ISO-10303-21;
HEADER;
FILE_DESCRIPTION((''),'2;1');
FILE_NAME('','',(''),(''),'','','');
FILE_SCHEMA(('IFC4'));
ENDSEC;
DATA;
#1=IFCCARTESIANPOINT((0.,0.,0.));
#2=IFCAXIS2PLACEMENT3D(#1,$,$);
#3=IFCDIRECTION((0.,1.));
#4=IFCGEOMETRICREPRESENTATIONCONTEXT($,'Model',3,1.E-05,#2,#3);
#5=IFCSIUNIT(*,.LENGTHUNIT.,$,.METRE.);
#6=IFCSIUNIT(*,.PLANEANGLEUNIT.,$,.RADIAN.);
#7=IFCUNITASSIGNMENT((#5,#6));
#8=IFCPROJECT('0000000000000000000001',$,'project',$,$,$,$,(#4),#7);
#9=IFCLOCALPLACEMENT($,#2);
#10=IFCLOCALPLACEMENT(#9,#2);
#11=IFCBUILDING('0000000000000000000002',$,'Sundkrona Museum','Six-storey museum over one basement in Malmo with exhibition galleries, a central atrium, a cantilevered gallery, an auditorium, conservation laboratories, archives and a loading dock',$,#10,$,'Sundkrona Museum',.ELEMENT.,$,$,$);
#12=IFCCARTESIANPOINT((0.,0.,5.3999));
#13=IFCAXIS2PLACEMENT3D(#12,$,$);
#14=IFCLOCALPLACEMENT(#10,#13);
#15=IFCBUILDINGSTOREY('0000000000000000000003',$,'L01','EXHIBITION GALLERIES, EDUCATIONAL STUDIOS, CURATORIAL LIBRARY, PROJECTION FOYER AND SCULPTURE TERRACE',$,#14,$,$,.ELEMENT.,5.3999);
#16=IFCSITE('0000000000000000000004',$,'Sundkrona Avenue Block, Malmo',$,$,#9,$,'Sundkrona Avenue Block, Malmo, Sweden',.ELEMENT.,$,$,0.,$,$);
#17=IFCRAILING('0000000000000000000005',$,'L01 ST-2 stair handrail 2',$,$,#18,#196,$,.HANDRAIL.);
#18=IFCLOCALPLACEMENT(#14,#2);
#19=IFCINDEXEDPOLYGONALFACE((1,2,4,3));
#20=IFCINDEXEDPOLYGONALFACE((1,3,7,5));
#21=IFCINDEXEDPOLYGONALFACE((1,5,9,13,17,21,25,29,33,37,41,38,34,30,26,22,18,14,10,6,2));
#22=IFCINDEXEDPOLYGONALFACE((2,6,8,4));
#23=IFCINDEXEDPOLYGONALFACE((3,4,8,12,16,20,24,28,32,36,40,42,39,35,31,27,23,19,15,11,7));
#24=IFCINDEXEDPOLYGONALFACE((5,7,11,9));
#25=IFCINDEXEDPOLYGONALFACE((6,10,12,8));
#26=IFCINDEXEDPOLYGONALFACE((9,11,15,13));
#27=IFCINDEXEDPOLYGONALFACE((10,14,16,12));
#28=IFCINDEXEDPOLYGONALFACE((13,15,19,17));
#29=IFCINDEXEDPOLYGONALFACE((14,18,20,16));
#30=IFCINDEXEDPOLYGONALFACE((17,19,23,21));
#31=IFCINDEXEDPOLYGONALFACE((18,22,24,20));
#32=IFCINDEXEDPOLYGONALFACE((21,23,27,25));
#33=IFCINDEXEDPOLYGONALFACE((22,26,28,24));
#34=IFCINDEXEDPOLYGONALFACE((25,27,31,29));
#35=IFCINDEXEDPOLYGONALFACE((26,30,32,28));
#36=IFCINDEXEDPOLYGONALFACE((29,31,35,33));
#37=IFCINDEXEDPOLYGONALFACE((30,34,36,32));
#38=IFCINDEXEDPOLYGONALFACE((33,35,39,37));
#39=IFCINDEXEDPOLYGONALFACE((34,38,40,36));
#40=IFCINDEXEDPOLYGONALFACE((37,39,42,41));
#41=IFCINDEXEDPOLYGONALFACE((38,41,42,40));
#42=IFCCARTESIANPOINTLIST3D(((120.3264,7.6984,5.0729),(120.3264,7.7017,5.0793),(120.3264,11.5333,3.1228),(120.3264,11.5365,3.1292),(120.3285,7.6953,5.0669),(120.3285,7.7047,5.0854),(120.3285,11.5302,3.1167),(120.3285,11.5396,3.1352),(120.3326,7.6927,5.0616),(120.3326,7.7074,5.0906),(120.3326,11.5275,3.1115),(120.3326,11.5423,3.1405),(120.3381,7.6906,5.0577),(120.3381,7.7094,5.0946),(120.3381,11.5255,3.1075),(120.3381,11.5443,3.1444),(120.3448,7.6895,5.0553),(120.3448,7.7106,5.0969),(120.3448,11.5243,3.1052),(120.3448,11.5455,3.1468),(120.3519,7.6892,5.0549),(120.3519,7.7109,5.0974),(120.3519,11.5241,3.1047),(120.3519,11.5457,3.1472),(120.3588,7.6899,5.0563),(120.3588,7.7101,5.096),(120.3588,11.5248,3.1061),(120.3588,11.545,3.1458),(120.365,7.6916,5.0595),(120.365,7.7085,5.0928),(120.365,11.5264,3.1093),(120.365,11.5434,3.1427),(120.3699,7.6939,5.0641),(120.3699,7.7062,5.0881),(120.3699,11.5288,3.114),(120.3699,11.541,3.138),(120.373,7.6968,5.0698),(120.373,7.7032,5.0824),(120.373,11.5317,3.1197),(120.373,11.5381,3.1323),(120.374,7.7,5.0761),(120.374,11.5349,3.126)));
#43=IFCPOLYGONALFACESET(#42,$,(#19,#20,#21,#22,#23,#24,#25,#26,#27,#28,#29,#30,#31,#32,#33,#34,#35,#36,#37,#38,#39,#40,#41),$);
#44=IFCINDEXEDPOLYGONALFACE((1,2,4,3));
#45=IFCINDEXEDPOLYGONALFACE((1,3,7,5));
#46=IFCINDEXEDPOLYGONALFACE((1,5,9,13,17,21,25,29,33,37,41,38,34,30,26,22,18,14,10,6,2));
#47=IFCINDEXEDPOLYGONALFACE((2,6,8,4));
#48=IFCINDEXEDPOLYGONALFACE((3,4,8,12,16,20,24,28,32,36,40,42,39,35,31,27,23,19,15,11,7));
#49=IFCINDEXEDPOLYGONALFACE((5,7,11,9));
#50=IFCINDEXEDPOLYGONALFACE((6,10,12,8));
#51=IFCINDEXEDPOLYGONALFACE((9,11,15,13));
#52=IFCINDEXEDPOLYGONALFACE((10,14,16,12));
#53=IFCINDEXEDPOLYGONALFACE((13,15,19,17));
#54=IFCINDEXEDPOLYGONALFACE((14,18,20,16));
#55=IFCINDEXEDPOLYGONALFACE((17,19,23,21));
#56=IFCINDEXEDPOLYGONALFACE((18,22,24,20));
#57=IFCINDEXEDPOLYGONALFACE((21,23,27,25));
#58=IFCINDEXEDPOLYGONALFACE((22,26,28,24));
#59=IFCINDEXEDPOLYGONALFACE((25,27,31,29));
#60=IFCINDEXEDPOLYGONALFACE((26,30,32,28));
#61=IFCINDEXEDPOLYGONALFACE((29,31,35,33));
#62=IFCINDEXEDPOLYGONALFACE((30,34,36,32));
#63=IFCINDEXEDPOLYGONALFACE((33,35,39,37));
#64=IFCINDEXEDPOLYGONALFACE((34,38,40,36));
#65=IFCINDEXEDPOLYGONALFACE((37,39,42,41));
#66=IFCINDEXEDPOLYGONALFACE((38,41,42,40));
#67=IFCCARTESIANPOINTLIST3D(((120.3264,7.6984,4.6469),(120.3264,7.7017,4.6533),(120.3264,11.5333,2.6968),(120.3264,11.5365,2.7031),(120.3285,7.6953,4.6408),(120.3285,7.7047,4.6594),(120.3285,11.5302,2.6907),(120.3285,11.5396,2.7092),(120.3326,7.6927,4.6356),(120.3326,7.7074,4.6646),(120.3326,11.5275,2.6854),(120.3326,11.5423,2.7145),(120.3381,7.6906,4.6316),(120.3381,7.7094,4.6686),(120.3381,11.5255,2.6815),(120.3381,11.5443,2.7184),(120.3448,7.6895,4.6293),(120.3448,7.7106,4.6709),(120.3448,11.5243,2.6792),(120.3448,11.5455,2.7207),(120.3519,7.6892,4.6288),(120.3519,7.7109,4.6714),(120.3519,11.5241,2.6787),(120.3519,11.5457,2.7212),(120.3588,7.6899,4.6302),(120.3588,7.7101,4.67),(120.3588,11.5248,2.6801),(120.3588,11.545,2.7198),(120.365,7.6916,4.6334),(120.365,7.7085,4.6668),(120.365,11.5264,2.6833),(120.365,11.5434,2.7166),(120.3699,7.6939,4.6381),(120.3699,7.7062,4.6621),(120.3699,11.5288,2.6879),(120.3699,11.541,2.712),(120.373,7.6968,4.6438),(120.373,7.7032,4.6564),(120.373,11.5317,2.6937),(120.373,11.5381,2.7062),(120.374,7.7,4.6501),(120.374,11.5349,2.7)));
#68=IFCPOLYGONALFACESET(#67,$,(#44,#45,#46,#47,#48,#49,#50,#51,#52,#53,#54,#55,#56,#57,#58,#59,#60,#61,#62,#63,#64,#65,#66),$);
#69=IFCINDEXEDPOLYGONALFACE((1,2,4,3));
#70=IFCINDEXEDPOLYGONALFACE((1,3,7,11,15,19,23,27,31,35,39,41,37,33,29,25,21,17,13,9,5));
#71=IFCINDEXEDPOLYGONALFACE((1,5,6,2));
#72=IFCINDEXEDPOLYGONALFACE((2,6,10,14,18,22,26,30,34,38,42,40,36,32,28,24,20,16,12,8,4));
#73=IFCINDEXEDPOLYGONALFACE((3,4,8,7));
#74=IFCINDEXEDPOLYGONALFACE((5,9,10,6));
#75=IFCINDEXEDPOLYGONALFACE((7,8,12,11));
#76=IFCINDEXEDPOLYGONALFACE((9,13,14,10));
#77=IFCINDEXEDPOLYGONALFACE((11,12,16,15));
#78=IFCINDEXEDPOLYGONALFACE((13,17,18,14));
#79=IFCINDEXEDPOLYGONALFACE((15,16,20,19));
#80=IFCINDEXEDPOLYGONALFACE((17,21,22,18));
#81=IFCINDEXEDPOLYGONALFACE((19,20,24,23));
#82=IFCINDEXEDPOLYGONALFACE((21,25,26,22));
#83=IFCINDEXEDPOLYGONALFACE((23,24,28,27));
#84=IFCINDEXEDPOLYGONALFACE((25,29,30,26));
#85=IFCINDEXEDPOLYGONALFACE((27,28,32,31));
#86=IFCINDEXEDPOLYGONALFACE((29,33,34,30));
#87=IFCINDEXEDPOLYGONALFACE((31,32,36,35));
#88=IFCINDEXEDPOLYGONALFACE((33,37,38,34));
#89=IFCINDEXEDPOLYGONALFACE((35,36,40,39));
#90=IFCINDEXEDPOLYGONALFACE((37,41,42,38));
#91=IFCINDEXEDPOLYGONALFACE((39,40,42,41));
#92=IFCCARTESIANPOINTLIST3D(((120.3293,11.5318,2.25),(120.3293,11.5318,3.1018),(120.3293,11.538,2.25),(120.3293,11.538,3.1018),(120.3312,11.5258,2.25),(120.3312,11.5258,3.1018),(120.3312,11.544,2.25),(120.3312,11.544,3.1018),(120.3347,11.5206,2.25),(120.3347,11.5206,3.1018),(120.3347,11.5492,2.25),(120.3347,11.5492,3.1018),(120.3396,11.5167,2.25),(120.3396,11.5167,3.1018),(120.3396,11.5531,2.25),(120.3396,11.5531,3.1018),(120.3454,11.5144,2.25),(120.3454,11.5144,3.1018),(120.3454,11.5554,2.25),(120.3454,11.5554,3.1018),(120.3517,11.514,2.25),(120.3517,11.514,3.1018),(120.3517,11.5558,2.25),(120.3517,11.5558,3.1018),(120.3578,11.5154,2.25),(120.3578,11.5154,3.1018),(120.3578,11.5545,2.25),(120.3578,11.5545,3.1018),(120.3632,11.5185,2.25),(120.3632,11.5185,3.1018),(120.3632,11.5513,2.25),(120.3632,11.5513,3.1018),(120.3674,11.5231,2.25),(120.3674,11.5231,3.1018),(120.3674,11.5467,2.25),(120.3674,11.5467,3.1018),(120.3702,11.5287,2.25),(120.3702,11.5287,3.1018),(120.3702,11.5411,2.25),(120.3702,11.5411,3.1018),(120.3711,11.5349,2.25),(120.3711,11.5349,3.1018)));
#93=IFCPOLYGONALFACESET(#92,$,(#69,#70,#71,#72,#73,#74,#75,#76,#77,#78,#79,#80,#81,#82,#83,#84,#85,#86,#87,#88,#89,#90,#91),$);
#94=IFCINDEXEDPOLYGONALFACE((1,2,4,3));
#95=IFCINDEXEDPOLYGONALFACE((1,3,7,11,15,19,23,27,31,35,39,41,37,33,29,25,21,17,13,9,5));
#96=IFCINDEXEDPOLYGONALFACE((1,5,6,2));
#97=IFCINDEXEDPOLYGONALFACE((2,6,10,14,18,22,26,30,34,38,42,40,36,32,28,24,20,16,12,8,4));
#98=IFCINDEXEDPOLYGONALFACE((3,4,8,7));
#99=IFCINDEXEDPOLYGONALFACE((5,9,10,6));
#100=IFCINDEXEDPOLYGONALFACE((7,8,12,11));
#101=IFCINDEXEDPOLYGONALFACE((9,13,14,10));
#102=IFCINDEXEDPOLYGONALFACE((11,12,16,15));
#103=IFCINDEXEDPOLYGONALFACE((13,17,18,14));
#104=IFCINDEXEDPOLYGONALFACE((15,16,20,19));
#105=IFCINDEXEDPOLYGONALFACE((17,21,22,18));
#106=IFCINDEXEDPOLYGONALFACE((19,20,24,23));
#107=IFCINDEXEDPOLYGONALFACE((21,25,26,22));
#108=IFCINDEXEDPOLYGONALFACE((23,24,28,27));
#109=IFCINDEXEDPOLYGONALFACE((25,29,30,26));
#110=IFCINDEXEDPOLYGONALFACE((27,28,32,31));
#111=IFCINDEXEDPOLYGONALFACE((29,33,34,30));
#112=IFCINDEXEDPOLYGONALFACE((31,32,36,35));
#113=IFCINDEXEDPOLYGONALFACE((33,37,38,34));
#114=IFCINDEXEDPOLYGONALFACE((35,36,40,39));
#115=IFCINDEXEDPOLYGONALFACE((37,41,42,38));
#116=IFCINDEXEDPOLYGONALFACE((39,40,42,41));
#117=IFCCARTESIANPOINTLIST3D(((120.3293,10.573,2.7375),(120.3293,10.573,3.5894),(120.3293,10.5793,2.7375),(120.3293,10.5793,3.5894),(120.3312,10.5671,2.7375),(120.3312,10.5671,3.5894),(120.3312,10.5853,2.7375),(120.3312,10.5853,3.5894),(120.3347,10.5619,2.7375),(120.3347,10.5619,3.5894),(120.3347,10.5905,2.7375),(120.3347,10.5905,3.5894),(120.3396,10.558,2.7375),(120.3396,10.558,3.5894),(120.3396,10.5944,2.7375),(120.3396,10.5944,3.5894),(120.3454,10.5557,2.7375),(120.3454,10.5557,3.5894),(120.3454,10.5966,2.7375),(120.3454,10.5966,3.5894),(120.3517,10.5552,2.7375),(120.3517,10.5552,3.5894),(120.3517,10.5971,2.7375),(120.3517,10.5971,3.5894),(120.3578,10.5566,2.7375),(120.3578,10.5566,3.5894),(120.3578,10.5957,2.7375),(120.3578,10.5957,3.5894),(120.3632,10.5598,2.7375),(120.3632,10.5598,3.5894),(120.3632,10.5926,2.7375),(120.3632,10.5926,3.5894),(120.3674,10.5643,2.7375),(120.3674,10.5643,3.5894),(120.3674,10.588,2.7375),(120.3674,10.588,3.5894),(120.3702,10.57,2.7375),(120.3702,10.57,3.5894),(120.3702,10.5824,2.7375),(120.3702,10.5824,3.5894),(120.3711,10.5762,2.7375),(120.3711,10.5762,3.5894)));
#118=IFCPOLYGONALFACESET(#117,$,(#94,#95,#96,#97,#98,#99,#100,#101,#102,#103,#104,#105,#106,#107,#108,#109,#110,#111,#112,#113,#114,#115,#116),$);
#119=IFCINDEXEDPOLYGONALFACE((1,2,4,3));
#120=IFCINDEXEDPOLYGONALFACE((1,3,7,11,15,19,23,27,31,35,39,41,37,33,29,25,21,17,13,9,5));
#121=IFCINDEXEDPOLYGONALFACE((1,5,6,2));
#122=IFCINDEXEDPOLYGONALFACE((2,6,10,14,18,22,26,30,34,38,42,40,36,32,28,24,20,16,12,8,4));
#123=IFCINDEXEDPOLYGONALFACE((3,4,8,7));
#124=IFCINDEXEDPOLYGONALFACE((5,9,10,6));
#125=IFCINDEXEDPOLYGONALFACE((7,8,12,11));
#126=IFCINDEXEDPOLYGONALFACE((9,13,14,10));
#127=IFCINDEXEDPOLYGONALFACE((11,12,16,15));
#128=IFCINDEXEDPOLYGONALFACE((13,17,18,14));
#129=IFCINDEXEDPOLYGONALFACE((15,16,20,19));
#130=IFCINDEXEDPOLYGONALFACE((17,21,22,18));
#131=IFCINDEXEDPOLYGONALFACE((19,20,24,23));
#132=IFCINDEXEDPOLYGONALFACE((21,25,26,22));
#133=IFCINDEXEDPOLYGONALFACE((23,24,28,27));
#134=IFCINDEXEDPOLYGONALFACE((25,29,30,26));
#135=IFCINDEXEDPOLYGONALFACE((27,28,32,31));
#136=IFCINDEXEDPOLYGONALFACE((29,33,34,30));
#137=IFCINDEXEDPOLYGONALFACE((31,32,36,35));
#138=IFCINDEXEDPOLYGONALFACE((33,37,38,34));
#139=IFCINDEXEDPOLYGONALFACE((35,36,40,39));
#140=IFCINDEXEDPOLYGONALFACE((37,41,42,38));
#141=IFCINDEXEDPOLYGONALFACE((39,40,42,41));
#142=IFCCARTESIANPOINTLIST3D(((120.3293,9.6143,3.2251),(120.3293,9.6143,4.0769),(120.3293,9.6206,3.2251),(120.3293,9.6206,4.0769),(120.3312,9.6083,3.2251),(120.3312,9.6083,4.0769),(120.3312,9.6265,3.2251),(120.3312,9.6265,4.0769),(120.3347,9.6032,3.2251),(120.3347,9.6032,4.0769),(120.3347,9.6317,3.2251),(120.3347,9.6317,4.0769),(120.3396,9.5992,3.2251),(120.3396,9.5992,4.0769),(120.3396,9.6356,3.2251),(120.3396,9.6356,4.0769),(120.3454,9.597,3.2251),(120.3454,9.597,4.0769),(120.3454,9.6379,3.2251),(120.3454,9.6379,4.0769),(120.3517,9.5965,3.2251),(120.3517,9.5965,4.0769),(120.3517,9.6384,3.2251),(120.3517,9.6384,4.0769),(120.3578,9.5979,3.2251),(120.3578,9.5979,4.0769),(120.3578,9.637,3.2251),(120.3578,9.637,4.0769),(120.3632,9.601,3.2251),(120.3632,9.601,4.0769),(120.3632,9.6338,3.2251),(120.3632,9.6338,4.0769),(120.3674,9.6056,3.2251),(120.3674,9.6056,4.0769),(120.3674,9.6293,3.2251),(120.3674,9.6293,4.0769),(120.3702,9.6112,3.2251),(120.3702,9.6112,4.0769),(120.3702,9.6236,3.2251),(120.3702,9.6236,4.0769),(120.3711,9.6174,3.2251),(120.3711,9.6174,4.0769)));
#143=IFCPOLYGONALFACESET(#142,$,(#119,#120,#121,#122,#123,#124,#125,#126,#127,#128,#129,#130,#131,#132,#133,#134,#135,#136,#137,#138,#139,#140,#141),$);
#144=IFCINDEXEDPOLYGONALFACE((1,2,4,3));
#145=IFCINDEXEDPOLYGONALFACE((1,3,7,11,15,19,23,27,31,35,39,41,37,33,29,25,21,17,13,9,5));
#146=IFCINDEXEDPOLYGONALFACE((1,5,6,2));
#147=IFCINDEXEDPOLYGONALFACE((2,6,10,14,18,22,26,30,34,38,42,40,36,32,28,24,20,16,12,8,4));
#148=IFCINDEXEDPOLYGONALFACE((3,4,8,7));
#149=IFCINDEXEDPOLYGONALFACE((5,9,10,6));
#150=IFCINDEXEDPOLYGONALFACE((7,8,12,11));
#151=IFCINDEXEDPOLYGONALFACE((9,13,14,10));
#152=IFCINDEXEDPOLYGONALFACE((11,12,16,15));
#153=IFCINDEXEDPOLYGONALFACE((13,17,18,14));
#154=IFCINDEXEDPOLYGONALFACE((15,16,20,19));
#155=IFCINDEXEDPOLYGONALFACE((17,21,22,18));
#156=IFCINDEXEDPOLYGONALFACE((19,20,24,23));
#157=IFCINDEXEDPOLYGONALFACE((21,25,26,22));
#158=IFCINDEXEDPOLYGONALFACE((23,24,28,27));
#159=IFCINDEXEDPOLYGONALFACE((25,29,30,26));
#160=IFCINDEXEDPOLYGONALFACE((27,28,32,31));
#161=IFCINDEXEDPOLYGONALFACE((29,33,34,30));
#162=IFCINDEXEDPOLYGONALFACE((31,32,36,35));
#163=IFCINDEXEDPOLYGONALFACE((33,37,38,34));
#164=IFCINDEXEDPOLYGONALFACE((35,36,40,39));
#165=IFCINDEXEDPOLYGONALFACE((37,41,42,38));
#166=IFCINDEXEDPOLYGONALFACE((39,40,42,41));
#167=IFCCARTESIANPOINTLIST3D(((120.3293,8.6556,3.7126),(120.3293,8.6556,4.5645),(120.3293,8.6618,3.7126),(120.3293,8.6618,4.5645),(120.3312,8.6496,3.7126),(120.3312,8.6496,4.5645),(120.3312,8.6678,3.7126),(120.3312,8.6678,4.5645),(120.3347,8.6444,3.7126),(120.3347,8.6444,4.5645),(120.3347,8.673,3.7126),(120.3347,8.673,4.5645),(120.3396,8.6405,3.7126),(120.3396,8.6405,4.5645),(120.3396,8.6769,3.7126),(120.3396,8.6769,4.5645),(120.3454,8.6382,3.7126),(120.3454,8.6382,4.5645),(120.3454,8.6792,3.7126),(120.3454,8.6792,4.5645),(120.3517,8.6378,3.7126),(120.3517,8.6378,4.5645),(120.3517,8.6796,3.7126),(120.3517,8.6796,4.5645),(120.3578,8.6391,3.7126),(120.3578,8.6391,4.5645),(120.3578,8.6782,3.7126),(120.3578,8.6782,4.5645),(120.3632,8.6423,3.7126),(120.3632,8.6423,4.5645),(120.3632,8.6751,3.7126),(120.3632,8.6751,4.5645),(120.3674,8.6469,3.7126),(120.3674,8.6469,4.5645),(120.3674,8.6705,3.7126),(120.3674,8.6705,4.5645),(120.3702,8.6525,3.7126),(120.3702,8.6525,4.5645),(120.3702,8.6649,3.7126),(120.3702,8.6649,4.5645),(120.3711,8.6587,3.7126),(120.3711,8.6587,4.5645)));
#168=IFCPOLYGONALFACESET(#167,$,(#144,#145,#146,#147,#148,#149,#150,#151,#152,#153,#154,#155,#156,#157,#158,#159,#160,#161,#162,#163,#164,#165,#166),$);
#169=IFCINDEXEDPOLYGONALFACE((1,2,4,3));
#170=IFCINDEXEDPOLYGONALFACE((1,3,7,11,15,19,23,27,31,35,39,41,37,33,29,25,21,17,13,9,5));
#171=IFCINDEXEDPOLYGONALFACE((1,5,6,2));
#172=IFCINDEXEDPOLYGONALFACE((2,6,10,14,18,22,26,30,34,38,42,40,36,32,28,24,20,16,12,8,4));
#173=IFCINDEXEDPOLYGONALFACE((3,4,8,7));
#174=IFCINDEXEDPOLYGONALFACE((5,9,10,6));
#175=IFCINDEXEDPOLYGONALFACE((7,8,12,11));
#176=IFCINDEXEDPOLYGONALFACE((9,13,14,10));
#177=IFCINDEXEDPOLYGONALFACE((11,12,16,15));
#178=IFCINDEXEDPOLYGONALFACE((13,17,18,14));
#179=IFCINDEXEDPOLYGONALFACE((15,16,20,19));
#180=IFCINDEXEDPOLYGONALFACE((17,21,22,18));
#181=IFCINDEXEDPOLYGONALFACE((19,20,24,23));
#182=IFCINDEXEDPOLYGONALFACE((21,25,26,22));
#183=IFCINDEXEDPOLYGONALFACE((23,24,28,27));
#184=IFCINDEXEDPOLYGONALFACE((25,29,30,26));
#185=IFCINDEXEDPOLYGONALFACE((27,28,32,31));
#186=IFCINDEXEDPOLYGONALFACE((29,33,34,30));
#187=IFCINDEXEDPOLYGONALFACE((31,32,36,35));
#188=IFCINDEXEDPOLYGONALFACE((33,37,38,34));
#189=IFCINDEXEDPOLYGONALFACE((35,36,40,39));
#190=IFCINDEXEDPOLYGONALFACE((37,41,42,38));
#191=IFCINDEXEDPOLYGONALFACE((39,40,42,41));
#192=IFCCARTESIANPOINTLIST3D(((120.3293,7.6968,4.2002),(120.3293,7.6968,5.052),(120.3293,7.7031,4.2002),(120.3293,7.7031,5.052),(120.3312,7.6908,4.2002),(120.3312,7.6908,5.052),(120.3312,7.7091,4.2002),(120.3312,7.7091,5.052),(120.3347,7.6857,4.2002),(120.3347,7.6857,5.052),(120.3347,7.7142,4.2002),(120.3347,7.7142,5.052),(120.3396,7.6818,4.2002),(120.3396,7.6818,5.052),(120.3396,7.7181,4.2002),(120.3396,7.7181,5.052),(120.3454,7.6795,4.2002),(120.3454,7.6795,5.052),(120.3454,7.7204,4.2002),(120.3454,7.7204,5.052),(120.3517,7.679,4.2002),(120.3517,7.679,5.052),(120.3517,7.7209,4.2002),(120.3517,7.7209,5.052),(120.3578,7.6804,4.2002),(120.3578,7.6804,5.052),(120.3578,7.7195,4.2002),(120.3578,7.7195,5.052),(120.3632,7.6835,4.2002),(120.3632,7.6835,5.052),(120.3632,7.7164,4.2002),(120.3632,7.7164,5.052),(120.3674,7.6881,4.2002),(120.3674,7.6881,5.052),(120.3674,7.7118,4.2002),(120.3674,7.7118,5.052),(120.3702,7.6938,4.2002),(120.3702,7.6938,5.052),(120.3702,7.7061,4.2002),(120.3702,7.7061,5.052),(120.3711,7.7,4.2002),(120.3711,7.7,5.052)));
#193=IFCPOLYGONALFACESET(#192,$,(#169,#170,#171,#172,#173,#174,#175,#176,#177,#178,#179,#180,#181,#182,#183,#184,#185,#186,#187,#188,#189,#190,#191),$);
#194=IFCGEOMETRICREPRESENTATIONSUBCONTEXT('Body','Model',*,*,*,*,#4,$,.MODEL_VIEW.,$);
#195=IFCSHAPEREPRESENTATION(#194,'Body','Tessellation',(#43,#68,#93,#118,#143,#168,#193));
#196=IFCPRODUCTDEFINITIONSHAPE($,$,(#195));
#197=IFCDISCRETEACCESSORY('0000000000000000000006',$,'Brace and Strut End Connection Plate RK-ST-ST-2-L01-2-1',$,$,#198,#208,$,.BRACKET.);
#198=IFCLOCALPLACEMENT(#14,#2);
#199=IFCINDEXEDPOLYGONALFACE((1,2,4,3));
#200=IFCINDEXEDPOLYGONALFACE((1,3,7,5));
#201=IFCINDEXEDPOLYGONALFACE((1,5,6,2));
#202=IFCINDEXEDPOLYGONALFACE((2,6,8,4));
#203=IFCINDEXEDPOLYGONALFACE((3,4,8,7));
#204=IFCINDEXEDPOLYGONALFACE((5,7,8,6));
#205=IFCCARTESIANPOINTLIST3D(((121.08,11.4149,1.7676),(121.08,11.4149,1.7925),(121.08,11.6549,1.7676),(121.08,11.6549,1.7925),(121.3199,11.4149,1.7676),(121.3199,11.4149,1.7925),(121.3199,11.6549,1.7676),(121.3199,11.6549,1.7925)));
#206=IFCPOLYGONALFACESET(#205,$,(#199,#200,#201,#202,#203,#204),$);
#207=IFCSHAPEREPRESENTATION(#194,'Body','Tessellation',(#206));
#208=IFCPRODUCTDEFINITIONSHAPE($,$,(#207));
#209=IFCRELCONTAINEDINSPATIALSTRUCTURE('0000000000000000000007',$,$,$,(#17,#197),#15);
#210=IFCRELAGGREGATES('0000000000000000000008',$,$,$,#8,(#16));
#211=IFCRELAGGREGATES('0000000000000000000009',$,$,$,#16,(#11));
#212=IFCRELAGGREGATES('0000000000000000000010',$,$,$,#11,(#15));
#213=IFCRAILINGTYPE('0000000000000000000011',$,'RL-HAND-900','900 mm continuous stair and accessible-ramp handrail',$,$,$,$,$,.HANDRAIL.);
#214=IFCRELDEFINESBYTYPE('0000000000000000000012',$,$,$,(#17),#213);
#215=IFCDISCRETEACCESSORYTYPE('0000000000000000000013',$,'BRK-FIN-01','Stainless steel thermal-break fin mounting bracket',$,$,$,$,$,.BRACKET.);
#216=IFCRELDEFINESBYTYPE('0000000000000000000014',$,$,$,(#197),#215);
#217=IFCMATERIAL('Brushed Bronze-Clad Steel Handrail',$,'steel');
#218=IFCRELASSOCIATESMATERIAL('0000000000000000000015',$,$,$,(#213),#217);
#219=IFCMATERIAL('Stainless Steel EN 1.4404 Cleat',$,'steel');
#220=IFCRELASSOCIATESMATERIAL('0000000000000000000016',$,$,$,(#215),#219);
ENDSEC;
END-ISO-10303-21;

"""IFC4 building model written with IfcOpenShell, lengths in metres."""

from ifc_helpers import new_model, si_unit, direction, frame, origin, origin_2d, place, context, subcontext, project, spatial, rectangle, circle, extrude, material, type_object, element, save


model = new_model("IFC4")

# Units and contexts
model_context = context("Model", 3, precision=1e-05, world=origin(), true_north=direction((0.0, 1.0)))
body_context = subcontext(model_context, "Body", "Model", "MODEL_VIEW")
ifc_project = project(units=[si_unit("LENGTHUNIT", "METRE"), si_unit("PLANEANGLEUNIT", "RADIAN")], contexts=[model_context])

# Site, building, storey
site_placement = place(None, origin())
site = spatial("IfcSite", under=ifc_project, at=site_placement, Name="Sundkrona Avenue Block, Malmo", LongName="Sundkrona Avenue Block, Malmo, Sweden", CompositionType="ELEMENT", RefElevation=0.0)
building_placement = place(site_placement, origin())
building = spatial("IfcBuilding", under=site, at=building_placement, Name="Sundkrona Museum", Description="Six-storey museum over one basement in Malmo with exhibition galleries, a central atrium, a cantilevered gallery, an auditorium, conservation laboratories, archives and a loading dock", LongName="Sundkrona Museum", CompositionType="ELEMENT")
storey_placement = place(building_placement, frame((0.0, 0.0, 5.3999)))
storey = spatial("IfcBuildingStorey", under=building, at=storey_placement, Name="L01", Description="EXHIBITION GALLERIES, EDUCATIONAL STUDIOS, CURATORIAL LIBRARY, PROJECTION FOYER AND SCULPTURE TERRACE", CompositionType="ELEMENT", Elevation=5.3999)

# Railing
ifc_material_1 = material(Name="Brushed Bronze-Clad Steel Handrail", Category="steel")
railing_type_1 = type_object("IfcRailingType", Name="RL-HAND-900", Description="900 mm continuous stair and accessible-ramp handrail", PredefinedType="HANDRAIL", material=ifc_material_1)
railing_1_placement = place(storey_placement, frame((120.3501, 11.5349, 2.25)))
element("IfcRailing", 1, at=railing_1_placement, inside=storey, type_object=railing_type_1, Name="L01 ST-2 stair handrail 2", PredefinedType="HANDRAIL", context=body_context, shape_type="SweptSolid", body=[
    extrude(circle(Radius=0.0239, at=origin_2d()), frame((0.0, 0.0, 0.876), z_axis=(0.0, -0.891365, 0.453286), x_axis=(1.0, 0.0, 0.0)), (0.0, 0.0, 1.0), 4.3022),
    extrude(circle(Radius=0.0239, at=origin_2d()), frame((0.0, 0.0, 0.45), z_axis=(0.0, -0.891365, 0.453286), x_axis=(1.0, 0.0, 0.0)), (0.0, 0.0, 1.0), 4.3022),
    extrude(circle(Radius=0.021, at=origin_2d()), origin(), (0.0, 0.0, 1.0), 0.8518),
    extrude(circle(Radius=0.021, at=origin_2d()), frame((0.0, -0.9587, 0.4875)), (0.0, 0.0, 1.0), 0.8518),
    extrude(circle(Radius=0.021, at=origin_2d()), frame((0.0, -1.9175, 0.9751)), (0.0, 0.0, 1.0), 0.8518),
    extrude(circle(Radius=0.021, at=origin_2d()), frame((0.0, -2.8762, 1.4626)), (0.0, 0.0, 1.0), 0.8518),
    extrude(circle(Radius=0.021, at=origin_2d()), frame((0.0, -3.835, 1.9502)), (0.0, 0.0, 1.0), 0.8518),
])

# Discrete accessory
ifc_material_2 = material(Name="Stainless Steel EN 1.4404 Cleat", Category="steel")
discrete_accessory_type = type_object("IfcDiscreteAccessoryType", Name="BRK-FIN-01", Description="Stainless steel thermal-break fin mounting bracket", PredefinedType="BRACKET", material=ifc_material_2)
for number, where, z_axis, x_axis, name in (
    (2, (121.2, 11.5349, 1.7676), (0.0, 0.0, 1.0), (1.0, 0.0, 0.0), "Brace and Strut End Connection Plate RK-ST-ST-2-L01-2-1"),
):
    element("IfcDiscreteAccessory", number, at=place(storey_placement, frame(where, z_axis=z_axis, x_axis=x_axis)), inside=storey, type_object=discrete_accessory_type, Name=name, PredefinedType="BRACKET", context=body_context, shape_type="SweptSolid", body=[
        extrude(rectangle(XDim=0.24, YDim=0.24, at=origin_2d()), origin(), (0.0, 0.0, 1.0), 0.0249),
    ])

save(model, "model.ifc")
